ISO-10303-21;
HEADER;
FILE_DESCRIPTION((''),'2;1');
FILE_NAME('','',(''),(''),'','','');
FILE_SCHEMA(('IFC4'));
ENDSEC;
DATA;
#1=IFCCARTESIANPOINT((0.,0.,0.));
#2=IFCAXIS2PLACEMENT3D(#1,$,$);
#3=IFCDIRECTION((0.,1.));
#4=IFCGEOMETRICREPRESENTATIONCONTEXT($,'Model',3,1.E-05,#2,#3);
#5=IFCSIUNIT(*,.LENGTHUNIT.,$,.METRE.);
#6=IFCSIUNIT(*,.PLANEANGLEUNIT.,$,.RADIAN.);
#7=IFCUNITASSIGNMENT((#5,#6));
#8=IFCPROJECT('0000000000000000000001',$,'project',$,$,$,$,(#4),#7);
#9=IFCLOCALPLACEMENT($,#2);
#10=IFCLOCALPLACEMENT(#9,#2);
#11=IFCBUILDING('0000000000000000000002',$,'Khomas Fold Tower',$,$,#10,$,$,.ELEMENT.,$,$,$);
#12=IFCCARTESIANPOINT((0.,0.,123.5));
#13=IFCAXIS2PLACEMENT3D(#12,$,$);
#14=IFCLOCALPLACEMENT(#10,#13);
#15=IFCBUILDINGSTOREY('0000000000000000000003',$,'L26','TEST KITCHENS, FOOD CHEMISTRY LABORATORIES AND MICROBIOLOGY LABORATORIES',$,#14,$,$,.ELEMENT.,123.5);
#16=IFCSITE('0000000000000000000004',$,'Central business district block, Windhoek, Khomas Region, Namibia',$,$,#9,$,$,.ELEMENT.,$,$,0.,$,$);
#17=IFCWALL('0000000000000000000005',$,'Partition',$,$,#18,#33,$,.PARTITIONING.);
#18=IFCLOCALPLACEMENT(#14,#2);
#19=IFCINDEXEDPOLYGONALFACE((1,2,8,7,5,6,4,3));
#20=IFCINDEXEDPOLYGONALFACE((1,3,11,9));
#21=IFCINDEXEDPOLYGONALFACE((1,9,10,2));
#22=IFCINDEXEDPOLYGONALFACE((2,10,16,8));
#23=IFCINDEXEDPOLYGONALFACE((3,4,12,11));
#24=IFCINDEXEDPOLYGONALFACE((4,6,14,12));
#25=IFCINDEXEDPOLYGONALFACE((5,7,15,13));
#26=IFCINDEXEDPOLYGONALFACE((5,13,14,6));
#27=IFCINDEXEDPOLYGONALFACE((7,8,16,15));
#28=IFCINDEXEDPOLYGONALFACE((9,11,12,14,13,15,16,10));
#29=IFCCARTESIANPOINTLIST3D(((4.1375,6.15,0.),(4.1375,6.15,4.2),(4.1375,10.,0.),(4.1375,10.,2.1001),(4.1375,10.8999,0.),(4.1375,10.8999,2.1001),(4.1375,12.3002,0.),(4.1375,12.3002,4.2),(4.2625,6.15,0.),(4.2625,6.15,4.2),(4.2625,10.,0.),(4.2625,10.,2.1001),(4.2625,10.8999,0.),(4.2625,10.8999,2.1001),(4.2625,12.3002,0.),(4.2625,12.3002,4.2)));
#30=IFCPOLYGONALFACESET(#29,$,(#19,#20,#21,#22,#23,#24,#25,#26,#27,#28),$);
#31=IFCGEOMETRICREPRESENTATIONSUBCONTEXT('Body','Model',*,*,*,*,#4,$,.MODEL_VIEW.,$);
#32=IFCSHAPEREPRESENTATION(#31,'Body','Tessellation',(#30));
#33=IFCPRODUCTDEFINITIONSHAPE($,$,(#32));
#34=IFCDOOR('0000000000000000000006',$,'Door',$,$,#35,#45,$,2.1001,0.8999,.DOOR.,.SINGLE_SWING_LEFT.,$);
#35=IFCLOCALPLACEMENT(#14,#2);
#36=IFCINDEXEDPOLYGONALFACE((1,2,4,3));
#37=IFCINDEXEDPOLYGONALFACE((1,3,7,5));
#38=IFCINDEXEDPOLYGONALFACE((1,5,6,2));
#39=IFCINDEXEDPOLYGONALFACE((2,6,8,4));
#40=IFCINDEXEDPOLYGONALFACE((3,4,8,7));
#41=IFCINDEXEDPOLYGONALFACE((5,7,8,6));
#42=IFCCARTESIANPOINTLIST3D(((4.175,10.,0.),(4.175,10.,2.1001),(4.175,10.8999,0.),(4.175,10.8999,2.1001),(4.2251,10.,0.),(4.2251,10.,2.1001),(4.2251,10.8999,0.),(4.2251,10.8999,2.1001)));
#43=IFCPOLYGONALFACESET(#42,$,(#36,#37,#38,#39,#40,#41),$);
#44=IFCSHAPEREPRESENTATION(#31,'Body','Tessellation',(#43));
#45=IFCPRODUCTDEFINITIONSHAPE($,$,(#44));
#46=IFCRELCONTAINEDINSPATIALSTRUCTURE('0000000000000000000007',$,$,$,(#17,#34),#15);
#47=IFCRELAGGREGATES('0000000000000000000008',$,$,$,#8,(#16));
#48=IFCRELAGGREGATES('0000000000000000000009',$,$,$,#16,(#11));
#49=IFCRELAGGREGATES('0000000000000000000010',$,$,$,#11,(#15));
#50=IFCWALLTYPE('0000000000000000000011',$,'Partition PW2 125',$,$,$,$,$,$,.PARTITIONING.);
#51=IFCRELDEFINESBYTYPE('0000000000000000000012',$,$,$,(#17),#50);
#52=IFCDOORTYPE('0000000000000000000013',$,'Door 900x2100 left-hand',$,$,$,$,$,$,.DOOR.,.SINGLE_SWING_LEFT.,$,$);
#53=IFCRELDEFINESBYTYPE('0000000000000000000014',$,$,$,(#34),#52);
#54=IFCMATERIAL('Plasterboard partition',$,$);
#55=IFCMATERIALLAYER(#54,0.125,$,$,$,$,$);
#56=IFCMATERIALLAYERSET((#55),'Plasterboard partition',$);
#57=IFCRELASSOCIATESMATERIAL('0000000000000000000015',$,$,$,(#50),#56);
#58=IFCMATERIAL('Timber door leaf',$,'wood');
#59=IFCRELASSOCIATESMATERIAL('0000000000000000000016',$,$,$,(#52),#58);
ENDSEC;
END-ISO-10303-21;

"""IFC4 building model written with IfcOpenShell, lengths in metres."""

from ifc_helpers import new_model, si_unit, direction, frame, frame_2d, origin, place, context, subcontext, project, spatial, rectangle, extrude, source, transform, mapped, material, layer, layer_set, type_object, element, fill, save


model = new_model("IFC4")

# Units and contexts
model_context = context("Model", 3, precision=1e-05, world=origin(), true_north=direction((0.0, 1.0)))
body_context = subcontext(model_context, "Body", "Model", "MODEL_VIEW")
ifc_project = project(units=[si_unit("LENGTHUNIT", "METRE"), si_unit("PLANEANGLEUNIT", "RADIAN")], contexts=[model_context])

# Site, building, storey
site_placement = place(None, origin())
site = spatial("IfcSite", under=ifc_project, at=site_placement, Name="Central business district block, Windhoek, Khomas Region, Namibia", CompositionType="ELEMENT", RefElevation=0.0)
building_placement = place(site_placement, origin())
building = spatial("IfcBuilding", under=site, at=building_placement, Name="Khomas Fold Tower", CompositionType="ELEMENT")
storey_placement = place(building_placement, frame((0.0, 0.0, 123.5)))
storey = spatial("IfcBuildingStorey", under=building, at=storey_placement, Name="L26", Description="TEST KITCHENS, FOOD CHEMISTRY LABORATORIES AND MICROBIOLOGY LABORATORIES", CompositionType="ELEMENT", Elevation=123.5)

# Shared definitions
ifc_material_1 = material(Name="Plasterboard partition")
ifc_layer_1 = layer(ifc_material_1, 0.125)
ifc_layer_set_1 = layer_set([ifc_layer_1], Name="Plasterboard partition")
wall_type_1 = type_object("IfcWallType", Name="Partition PW2 125", PredefinedType="PARTITIONING", material=ifc_layer_set_1)
shared_shape_1 = source(origin(), body_context, "Body", "SweptSolid", [
    extrude(rectangle(XDim=0.8999, YDim=2.1001, at=frame_2d((0.45, 1.05))), frame((0.0, 0.0725, 0.0), z_axis=(0.0, -1.0, 0.0), x_axis=(1.0, 0.0, 0.0)), (0.0, 0.0, 1.0), 0.145),
])
shared_shape_2 = source(origin(), body_context, "Body", "SweptSolid", [
    extrude(rectangle(XDim=0.8999, YDim=2.1001, at=frame_2d((0.45, 1.05))), frame((0.0, 0.0249, 0.0), z_axis=(0.0, -1.0, 0.0), x_axis=(1.0, 0.0, 0.0)), (0.0, 0.0, 1.0), 0.05),
])
ifc_material_2 = material(Name="Timber door leaf", Category="wood")
door_type_1 = type_object("IfcDoorType", Name="Door 900x2100 left-hand", OperationType="SINGLE_SWING_LEFT", PredefinedType="DOOR", material=ifc_material_2)

# Wall, opening, door
shared_shape_3 = source(origin(), body_context, "Body", "SweptSolid", [
    extrude(rectangle(XDim=6.1501, YDim=0.125, at=frame_2d((3.0752, 0.0))), origin(), (0.0, 0.0, 1.0), 4.2),
])
wall_1_placement = place(storey_placement, frame((4.2, 6.1499, 0.0), z_axis=(0.0, 0.0, 1.0), x_axis=(0.0, 1.0, 0.0)))
wall_1 = element("IfcWall", 1, at=wall_1_placement, inside=storey, type_object=wall_type_1, Name="Partition", PredefinedType="PARTITIONING", context=body_context, shape_type="MappedRepresentation", body=[
    mapped(shared_shape_3, transform((0.0, 0.0, 0.0))),
])
opening_1_placement = place(wall_1_placement, frame((3.8501, 0.0, 0.0)))
opening_1 = element("IfcOpeningElement", 2, at=opening_1_placement, cuts=wall_1, PredefinedType="OPENING", context=body_context, shape_type="MappedRepresentation", body=[
    mapped(shared_shape_1, transform((0.0, 0.0, 0.0))),
])
door_1_placement = place(opening_1_placement, origin())
door_1 = element("IfcDoor", 3, at=door_1_placement, inside=storey, type_object=door_type_1, Name="Door", OperationType="SINGLE_SWING_LEFT", OverallHeight=2.1001, OverallWidth=0.8999, PredefinedType="DOOR", context=body_context, shape_type="MappedRepresentation", body=[
    mapped(shared_shape_2, transform((0.0, 0.0, 0.0))),
])
fill(opening_1, door_1)

save(model, "model.ifc")
